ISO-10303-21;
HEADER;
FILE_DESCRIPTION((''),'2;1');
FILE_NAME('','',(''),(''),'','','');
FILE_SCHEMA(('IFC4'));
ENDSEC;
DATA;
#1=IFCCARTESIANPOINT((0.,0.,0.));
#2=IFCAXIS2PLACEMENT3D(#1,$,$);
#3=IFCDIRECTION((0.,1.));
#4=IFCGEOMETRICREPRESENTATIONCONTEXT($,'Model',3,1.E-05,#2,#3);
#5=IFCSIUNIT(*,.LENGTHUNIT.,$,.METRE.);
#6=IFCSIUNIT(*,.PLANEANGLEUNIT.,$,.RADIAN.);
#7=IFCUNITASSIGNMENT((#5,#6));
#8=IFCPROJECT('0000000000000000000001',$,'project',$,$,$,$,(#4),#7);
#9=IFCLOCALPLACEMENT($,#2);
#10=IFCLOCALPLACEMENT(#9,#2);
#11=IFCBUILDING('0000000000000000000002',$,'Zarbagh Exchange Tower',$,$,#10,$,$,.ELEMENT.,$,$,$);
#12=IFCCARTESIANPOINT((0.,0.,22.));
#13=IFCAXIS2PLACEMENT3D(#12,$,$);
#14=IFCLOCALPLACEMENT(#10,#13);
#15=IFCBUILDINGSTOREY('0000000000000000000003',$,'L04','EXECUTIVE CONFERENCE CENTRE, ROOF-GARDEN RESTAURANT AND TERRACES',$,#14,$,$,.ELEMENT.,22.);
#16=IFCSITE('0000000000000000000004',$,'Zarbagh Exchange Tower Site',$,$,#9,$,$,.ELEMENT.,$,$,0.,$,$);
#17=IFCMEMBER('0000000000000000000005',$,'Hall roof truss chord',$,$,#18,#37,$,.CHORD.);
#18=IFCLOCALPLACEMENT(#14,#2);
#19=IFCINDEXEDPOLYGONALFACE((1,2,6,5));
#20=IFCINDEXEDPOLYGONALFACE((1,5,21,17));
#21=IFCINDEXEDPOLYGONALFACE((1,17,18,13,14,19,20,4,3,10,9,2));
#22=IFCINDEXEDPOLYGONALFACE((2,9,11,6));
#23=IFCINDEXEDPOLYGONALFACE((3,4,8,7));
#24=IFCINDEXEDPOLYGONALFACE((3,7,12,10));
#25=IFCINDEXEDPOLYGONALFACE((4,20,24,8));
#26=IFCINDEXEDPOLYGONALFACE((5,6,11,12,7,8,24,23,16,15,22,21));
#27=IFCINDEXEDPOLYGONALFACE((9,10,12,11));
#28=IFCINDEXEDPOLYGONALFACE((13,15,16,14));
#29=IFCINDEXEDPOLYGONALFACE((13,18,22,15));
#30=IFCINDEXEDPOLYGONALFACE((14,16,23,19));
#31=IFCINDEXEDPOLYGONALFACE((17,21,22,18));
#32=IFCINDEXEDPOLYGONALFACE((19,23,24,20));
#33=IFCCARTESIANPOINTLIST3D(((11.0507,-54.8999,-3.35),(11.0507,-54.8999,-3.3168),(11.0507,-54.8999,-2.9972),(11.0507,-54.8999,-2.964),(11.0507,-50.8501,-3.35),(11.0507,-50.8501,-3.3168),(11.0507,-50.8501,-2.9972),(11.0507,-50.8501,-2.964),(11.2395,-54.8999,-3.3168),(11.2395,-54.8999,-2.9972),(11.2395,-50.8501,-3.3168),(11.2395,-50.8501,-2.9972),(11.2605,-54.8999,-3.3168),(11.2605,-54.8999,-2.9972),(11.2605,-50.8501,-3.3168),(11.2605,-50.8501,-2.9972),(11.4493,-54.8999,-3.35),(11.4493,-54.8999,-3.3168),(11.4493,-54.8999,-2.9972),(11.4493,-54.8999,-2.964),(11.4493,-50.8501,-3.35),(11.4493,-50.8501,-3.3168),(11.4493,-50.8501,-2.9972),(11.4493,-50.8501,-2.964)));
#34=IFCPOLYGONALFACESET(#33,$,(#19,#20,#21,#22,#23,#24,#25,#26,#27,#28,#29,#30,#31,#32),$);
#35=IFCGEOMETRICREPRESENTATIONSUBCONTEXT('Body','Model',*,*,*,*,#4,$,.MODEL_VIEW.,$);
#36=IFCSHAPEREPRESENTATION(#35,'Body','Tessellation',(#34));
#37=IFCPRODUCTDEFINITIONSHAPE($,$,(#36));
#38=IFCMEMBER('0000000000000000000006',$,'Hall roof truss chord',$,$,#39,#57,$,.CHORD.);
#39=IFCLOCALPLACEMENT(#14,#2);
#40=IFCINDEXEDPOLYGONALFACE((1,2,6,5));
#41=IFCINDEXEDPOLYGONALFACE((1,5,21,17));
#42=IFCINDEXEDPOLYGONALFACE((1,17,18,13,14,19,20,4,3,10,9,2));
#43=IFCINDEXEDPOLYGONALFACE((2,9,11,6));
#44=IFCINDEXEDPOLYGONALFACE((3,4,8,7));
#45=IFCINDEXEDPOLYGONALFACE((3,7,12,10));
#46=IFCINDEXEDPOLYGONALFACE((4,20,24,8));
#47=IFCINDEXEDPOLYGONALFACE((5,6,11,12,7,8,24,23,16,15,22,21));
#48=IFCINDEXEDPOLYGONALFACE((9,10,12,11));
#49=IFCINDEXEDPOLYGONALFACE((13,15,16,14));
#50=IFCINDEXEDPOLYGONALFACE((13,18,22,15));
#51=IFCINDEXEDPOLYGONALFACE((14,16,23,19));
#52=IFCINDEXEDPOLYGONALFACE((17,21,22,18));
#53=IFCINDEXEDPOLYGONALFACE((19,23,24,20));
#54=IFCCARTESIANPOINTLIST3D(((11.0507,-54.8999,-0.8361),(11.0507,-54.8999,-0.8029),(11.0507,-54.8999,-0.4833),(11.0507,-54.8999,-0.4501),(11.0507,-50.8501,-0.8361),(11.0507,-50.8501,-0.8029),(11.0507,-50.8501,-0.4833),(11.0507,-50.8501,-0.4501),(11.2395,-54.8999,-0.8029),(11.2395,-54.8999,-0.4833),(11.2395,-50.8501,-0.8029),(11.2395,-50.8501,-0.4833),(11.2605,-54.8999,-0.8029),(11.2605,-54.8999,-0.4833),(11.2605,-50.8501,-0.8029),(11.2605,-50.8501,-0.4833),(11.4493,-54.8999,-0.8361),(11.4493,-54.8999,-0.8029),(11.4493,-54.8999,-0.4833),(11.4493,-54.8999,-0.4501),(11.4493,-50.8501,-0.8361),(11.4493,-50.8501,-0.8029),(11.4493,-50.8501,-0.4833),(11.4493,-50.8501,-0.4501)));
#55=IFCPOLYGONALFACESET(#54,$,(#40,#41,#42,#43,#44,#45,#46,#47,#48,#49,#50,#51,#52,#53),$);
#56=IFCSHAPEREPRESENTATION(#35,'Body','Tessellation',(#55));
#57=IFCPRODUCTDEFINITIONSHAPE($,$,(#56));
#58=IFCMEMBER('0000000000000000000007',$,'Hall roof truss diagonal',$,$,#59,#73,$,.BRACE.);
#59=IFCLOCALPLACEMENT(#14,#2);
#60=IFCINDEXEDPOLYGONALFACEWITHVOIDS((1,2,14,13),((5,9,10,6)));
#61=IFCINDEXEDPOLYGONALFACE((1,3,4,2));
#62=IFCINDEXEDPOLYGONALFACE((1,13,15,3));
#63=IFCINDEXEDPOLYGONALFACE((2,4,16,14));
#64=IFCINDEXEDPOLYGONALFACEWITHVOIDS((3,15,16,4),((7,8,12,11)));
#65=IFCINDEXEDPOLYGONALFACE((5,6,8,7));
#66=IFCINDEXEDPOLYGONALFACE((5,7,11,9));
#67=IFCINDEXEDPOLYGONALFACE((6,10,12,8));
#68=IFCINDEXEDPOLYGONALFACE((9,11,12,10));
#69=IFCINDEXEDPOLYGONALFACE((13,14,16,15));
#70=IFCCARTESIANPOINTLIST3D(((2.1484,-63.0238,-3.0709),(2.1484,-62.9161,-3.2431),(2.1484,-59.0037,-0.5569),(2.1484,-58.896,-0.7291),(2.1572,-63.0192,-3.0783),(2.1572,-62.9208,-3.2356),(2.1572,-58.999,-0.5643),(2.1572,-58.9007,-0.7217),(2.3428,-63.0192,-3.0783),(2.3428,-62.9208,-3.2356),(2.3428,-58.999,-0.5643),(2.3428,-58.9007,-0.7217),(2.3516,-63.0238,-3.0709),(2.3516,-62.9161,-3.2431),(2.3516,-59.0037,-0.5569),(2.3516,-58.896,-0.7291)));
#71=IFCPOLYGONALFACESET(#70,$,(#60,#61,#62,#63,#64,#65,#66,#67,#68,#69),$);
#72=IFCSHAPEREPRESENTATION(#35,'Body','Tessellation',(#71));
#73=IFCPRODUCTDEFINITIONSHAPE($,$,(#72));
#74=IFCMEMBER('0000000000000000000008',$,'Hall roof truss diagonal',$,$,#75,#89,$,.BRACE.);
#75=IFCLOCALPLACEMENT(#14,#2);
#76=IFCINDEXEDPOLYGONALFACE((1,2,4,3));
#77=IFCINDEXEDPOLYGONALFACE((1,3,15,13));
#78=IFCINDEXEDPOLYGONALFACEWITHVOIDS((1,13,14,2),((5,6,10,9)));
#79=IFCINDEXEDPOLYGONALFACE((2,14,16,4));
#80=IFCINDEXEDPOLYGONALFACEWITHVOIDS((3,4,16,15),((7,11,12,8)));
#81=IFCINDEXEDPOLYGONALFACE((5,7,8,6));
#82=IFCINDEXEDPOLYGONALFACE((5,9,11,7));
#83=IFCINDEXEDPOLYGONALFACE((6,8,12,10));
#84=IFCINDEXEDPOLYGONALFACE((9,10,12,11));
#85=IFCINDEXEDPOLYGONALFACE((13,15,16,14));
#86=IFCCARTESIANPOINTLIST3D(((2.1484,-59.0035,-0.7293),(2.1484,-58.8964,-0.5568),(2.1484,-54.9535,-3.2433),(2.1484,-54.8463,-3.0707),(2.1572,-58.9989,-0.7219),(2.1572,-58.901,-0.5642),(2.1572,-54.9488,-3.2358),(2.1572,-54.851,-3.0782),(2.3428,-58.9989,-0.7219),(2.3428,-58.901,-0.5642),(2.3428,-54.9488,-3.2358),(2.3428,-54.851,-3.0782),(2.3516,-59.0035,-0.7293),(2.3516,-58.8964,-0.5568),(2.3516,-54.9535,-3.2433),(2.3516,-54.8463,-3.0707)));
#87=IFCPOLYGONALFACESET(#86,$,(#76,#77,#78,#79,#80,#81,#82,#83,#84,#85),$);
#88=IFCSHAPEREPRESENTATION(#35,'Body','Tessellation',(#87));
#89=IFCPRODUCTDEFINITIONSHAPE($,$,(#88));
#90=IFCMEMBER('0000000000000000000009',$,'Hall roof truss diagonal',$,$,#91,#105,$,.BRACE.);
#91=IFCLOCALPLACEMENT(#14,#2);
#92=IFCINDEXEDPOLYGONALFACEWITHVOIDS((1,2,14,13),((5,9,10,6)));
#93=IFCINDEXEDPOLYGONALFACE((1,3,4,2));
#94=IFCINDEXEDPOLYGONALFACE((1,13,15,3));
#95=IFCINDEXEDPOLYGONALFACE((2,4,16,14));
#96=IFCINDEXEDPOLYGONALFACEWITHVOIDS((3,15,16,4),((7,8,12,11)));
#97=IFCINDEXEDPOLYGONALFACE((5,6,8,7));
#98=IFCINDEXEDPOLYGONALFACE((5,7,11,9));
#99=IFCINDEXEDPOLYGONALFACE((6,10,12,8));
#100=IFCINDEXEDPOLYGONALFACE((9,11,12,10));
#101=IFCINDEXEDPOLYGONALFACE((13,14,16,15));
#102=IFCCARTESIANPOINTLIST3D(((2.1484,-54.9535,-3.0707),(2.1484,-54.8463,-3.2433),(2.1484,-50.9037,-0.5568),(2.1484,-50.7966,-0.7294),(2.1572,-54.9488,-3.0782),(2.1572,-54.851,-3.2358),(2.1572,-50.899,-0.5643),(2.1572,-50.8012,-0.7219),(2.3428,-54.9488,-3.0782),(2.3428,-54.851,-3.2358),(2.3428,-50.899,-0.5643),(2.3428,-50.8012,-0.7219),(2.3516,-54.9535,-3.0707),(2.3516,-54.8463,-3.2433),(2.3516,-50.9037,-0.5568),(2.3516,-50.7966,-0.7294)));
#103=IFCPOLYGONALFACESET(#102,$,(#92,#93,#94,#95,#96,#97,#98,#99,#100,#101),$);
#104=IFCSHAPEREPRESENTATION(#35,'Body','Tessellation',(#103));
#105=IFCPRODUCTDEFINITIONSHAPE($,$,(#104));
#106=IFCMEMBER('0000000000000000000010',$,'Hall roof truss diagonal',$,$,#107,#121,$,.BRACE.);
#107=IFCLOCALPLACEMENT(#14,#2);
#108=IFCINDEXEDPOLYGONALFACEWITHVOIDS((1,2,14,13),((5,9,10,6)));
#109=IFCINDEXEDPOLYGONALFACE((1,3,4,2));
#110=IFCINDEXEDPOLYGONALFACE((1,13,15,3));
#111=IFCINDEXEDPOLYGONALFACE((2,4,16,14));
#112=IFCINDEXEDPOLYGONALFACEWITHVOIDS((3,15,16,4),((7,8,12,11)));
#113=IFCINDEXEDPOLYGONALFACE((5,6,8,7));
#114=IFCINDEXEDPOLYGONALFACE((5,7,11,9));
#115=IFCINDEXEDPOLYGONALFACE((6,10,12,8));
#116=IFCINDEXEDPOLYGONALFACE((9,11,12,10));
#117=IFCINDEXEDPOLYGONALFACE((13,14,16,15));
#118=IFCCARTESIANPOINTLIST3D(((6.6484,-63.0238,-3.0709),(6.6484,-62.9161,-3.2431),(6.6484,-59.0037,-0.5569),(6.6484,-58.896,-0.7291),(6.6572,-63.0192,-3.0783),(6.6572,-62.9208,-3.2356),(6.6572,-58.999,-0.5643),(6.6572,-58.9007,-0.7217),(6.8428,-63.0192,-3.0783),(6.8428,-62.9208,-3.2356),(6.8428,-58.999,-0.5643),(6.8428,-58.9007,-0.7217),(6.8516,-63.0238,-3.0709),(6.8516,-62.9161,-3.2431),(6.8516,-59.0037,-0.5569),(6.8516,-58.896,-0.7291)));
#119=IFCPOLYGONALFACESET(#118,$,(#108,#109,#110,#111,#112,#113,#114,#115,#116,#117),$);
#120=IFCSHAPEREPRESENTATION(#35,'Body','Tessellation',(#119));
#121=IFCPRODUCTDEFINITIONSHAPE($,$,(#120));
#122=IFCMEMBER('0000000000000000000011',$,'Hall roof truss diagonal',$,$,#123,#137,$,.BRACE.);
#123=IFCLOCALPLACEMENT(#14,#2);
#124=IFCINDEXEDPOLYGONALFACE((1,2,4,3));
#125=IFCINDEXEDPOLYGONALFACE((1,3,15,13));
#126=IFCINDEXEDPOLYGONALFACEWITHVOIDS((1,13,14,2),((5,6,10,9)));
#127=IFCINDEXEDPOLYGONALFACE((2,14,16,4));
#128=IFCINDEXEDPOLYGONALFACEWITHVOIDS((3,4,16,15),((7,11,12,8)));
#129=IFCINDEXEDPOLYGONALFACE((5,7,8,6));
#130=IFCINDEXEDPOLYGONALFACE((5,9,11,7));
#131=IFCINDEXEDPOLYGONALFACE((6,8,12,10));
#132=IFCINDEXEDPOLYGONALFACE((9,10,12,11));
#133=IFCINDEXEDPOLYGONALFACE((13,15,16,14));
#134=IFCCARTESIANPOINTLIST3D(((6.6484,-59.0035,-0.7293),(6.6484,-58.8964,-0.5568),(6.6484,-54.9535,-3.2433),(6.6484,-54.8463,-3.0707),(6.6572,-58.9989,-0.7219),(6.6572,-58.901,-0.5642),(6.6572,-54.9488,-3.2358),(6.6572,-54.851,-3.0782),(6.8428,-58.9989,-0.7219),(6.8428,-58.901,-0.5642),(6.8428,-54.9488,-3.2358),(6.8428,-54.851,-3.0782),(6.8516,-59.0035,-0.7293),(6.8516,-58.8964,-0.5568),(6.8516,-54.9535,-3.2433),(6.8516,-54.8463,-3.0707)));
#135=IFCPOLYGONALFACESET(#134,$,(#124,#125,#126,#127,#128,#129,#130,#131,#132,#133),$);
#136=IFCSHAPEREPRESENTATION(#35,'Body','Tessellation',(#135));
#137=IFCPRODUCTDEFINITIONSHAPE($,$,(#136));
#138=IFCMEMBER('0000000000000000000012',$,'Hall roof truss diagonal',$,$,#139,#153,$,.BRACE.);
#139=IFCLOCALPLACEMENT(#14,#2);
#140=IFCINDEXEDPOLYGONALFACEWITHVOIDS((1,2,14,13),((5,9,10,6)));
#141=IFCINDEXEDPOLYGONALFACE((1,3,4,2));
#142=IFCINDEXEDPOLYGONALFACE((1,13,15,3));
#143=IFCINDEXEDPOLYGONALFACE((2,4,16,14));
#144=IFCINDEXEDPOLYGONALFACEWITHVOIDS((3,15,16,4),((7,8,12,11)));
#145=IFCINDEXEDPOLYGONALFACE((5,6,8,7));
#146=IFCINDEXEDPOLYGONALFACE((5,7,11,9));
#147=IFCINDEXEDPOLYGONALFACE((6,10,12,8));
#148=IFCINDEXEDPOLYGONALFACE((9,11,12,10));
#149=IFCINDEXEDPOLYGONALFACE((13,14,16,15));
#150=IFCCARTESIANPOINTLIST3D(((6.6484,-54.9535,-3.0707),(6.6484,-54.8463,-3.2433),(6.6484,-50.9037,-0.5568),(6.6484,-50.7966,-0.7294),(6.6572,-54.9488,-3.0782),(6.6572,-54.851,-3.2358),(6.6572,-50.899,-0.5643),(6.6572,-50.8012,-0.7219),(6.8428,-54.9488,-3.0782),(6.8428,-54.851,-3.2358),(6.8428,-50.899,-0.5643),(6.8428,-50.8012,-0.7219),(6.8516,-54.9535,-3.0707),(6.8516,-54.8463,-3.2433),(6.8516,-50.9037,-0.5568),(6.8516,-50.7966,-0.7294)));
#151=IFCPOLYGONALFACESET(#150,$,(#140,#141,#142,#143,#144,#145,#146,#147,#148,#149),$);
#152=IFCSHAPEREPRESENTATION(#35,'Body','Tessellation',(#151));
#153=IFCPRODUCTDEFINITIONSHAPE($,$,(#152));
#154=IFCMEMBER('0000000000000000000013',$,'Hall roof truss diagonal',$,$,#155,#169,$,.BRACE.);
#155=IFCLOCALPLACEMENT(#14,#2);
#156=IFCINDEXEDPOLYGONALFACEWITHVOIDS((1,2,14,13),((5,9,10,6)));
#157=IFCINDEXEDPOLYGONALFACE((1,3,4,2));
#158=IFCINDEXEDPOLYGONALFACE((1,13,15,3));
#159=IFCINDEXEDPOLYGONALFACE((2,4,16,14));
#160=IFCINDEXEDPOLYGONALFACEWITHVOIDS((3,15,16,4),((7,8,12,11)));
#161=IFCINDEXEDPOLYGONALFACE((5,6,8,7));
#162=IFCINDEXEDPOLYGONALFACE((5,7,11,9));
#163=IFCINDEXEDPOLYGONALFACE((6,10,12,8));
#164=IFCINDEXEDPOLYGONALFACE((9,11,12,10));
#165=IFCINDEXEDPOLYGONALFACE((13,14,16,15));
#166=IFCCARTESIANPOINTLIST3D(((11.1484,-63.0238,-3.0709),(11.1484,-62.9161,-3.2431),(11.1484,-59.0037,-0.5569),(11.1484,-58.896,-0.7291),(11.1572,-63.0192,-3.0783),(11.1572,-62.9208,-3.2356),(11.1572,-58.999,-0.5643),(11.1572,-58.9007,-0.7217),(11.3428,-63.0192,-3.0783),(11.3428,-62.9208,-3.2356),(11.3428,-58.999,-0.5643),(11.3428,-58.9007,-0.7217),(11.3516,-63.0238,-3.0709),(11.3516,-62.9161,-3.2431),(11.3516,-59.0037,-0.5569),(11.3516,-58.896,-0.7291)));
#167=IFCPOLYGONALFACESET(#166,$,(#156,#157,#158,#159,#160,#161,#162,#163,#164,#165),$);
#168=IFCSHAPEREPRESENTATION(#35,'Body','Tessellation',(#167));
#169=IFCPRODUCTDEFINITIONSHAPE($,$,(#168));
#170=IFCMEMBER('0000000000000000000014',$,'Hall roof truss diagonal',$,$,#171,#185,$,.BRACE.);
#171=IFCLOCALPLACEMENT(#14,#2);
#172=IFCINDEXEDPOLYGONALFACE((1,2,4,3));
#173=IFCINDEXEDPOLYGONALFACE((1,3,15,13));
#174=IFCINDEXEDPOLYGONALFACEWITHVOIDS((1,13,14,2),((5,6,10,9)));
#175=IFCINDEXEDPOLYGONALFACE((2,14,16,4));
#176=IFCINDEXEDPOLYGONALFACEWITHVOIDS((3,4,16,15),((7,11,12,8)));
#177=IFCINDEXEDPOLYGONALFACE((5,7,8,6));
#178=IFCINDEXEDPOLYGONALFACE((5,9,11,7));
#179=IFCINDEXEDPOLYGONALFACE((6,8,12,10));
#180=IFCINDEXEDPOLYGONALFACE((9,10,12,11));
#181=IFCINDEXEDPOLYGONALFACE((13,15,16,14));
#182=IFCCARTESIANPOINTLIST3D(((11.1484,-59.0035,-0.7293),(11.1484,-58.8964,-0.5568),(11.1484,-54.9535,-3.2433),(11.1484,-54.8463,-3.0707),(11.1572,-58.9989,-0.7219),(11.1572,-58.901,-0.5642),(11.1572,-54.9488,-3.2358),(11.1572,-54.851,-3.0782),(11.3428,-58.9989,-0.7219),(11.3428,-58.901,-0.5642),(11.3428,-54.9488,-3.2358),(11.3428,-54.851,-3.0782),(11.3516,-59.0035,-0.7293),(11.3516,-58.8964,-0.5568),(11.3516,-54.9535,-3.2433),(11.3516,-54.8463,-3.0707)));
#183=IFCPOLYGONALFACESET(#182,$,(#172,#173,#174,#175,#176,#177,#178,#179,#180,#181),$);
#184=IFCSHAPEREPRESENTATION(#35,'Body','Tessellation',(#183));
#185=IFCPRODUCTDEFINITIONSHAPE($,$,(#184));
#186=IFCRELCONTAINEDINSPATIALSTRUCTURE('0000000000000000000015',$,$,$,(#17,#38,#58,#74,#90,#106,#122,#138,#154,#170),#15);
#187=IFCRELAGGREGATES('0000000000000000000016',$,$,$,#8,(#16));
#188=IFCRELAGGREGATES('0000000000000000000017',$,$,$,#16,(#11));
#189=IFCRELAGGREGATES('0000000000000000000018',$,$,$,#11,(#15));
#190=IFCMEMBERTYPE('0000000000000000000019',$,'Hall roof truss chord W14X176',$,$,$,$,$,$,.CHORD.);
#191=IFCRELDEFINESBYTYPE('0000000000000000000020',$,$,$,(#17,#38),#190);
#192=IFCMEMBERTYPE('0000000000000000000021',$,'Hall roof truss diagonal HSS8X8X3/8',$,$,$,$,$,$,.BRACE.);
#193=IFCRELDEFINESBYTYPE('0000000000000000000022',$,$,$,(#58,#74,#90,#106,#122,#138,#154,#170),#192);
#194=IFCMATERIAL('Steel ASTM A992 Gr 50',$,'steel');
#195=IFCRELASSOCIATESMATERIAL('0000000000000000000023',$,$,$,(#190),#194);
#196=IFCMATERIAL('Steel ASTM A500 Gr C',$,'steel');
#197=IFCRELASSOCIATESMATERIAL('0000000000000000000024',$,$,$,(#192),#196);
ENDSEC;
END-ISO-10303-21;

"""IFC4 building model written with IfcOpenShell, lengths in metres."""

from ifc_helpers import new_model, si_unit, direction, frame, origin, origin_2d, place, context, subcontext, project, spatial, hollow_rectangle, i_section, extrude, material, material_profile, profile_set, type_object, element, save


model = new_model("IFC4")

# Units and contexts
model_context = context("Model", 3, precision=1e-05, world=origin(), true_north=direction((0.0, 1.0)))
body_context = subcontext(model_context, "Body", "Model", "MODEL_VIEW")
ifc_project = project(units=[si_unit("LENGTHUNIT", "METRE"), si_unit("PLANEANGLEUNIT", "RADIAN")], contexts=[model_context])

# Site, building, storey
site_placement = place(None, origin())
site = spatial("IfcSite", under=ifc_project, at=site_placement, Name="Zarbagh Exchange Tower Site", CompositionType="ELEMENT", RefElevation=0.0)
building_placement = place(site_placement, origin())
building = spatial("IfcBuilding", under=site, at=building_placement, Name="Zarbagh Exchange Tower", CompositionType="ELEMENT")
storey_placement = place(building_placement, frame((0.0, 0.0, 22.0)))
storey = spatial("IfcBuildingStorey", under=building, at=storey_placement, Name="L04", Description="EXECUTIVE CONFERENCE CENTRE, ROOF-GARDEN RESTAURANT AND TERRACES", CompositionType="ELEMENT", Elevation=22.0)

# Members
ifc_material_1 = material(Name="Steel ASTM A992 Gr 50", Category="steel")
ifc_material_profile_1 = material_profile(ifc_material_1, i_section(OverallWidth=0.3987, OverallDepth=0.386, WebThickness=0.021, FlangeThickness=0.0332, at=origin_2d()), Name="W14X176")
ifc_profile_set_1 = profile_set([ifc_material_profile_1], Name="Steel ASTM A992 Gr 50")
member_type_1 = type_object("IfcMemberType", Name="Hall roof truss chord W14X176", PredefinedType="CHORD", material=ifc_profile_set_1)
for number, where, z_axis, x_axis, name in (
    (1, (11.25, -54.8999, -3.157), (0.0, 1.0, 0.0), (-1.0, 0.0, 0.0), "Hall roof truss chord"),
    (2, (11.25, -54.8999, -0.6431), (0.0, 1.0, 0.0), (-1.0, 0.0, 0.0), "Hall roof truss chord"),
):
    element("IfcMember", number, at=place(storey_placement, frame(where, z_axis=z_axis, x_axis=x_axis)), inside=storey, type_object=member_type_1, Name=name, PredefinedType="CHORD", context=body_context, shape_type="SweptSolid", body=[
        extrude(i_section(OverallWidth=0.3987, OverallDepth=0.386, WebThickness=0.021, FlangeThickness=0.0332, at=origin_2d()), origin(), (0.0, 0.0, 1.0), 4.0498),
    ])
ifc_material_2 = material(Name="Steel ASTM A500 Gr C", Category="steel")
ifc_material_profile_2 = material_profile(ifc_material_2, hollow_rectangle(XDim=0.2031, YDim=0.2031, WallThickness=0.0088, at=origin_2d()), Name="HSS8X8X3/8")
ifc_profile_set_2 = profile_set([ifc_material_profile_2], Name="Steel ASTM A500 Gr C")
member_type_2 = type_object("IfcMemberType", Name="Hall roof truss diagonal HSS8X8X3/8", PredefinedType="BRACE", material=ifc_profile_set_2)
member_1_placement = place(storey_placement, frame((2.25, -62.97, -3.157), z_axis=(0.0, 0.847865, 0.530212), x_axis=(-1.0, 0.0, 0.0)))
element("IfcMember", 3, at=member_1_placement, inside=storey, type_object=member_type_2, Name="Hall roof truss diagonal", PredefinedType="BRACE", context=body_context, shape_type="SweptSolid", body=[
    extrude(hollow_rectangle(XDim=0.2031, YDim=0.2031, WallThickness=0.0088, at=origin_2d()), origin(), (0.0, 0.0, 1.0), 4.7415),
])
member_2_placement = place(storey_placement, frame((2.25, -54.8999, -3.157), z_axis=(0.0, -0.849631, 0.527377), x_axis=(1.0, 0.0, 0.0)))
element("IfcMember", 4, at=member_2_placement, inside=storey, type_object=member_type_2, Name="Hall roof truss diagonal", PredefinedType="BRACE", context=body_context, shape_type="SweptSolid", body=[
    extrude(hollow_rectangle(XDim=0.2031, YDim=0.2031, WallThickness=0.0088, at=origin_2d()), origin(), (0.0, 0.0, 1.0), 4.7668),
])
member_3_placement = place(storey_placement, frame((2.25, -54.8999, -3.157), z_axis=(0.0, 0.849617, 0.5274), x_axis=(-1.0, 0.0, 0.0)))
element("IfcMember", 5, at=member_3_placement, inside=storey, type_object=member_type_2, Name="Hall roof truss diagonal", PredefinedType="BRACE", context=body_context, shape_type="SweptSolid", body=[
    extrude(hollow_rectangle(XDim=0.2031, YDim=0.2031, WallThickness=0.0088, at=origin_2d()), origin(), (0.0, 0.0, 1.0), 4.7666),
])
member_4_placement = place(storey_placement, frame((6.75, -62.97, -3.157), z_axis=(0.0, 0.847865, 0.530212), x_axis=(-1.0, 0.0, 0.0)))
element("IfcMember", 6, at=member_4_placement, inside=storey, type_object=member_type_2, Name="Hall roof truss diagonal", PredefinedType="BRACE", context=body_context, shape_type="SweptSolid", body=[
    extrude(hollow_rectangle(XDim=0.2031, YDim=0.2031, WallThickness=0.0088, at=origin_2d()), origin(), (0.0, 0.0, 1.0), 4.7415),
])
member_5_placement = place(storey_placement, frame((6.75, -54.8999, -3.157), z_axis=(0.0, -0.849631, 0.527377), x_axis=(1.0, 0.0, 0.0)))
element("IfcMember", 7, at=member_5_placement, inside=storey, type_object=member_type_2, Name="Hall roof truss diagonal", PredefinedType="BRACE", context=body_context, shape_type="SweptSolid", body=[
    extrude(hollow_rectangle(XDim=0.2031, YDim=0.2031, WallThickness=0.0088, at=origin_2d()), origin(), (0.0, 0.0, 1.0), 4.7668),
])
member_6_placement = place(storey_placement, frame((6.75, -54.8999, -3.157), z_axis=(0.0, 0.849617, 0.5274), x_axis=(-1.0, 0.0, 0.0)))
element("IfcMember", 8, at=member_6_placement, inside=storey, type_object=member_type_2, Name="Hall roof truss diagonal", PredefinedType="BRACE", context=body_context, shape_type="SweptSolid", body=[
    extrude(hollow_rectangle(XDim=0.2031, YDim=0.2031, WallThickness=0.0088, at=origin_2d()), origin(), (0.0, 0.0, 1.0), 4.7666),
])
member_7_placement = place(storey_placement, frame((11.25, -62.97, -3.157), z_axis=(0.0, 0.847865, 0.530212), x_axis=(-1.0, 0.0, 0.0)))
element("IfcMember", 9, at=member_7_placement, inside=storey, type_object=member_type_2, Name="Hall roof truss diagonal", PredefinedType="BRACE", context=body_context, shape_type="SweptSolid", body=[
    extrude(hollow_rectangle(XDim=0.2031, YDim=0.2031, WallThickness=0.0088, at=origin_2d()), origin(), (0.0, 0.0, 1.0), 4.7415),
])
member_8_placement = place(storey_placement, frame((11.25, -54.8999, -3.157), z_axis=(0.0, -0.849631, 0.527377), x_axis=(1.0, 0.0, 0.0)))
element("IfcMember", 10, at=member_8_placement, inside=storey, type_object=member_type_2, Name="Hall roof truss diagonal", PredefinedType="BRACE", context=body_context, shape_type="SweptSolid", body=[
    extrude(hollow_rectangle(XDim=0.2031, YDim=0.2031, WallThickness=0.0088, at=origin_2d()), origin(), (0.0, 0.0, 1.0), 4.7668),
])

save(model, "model.ifc")
